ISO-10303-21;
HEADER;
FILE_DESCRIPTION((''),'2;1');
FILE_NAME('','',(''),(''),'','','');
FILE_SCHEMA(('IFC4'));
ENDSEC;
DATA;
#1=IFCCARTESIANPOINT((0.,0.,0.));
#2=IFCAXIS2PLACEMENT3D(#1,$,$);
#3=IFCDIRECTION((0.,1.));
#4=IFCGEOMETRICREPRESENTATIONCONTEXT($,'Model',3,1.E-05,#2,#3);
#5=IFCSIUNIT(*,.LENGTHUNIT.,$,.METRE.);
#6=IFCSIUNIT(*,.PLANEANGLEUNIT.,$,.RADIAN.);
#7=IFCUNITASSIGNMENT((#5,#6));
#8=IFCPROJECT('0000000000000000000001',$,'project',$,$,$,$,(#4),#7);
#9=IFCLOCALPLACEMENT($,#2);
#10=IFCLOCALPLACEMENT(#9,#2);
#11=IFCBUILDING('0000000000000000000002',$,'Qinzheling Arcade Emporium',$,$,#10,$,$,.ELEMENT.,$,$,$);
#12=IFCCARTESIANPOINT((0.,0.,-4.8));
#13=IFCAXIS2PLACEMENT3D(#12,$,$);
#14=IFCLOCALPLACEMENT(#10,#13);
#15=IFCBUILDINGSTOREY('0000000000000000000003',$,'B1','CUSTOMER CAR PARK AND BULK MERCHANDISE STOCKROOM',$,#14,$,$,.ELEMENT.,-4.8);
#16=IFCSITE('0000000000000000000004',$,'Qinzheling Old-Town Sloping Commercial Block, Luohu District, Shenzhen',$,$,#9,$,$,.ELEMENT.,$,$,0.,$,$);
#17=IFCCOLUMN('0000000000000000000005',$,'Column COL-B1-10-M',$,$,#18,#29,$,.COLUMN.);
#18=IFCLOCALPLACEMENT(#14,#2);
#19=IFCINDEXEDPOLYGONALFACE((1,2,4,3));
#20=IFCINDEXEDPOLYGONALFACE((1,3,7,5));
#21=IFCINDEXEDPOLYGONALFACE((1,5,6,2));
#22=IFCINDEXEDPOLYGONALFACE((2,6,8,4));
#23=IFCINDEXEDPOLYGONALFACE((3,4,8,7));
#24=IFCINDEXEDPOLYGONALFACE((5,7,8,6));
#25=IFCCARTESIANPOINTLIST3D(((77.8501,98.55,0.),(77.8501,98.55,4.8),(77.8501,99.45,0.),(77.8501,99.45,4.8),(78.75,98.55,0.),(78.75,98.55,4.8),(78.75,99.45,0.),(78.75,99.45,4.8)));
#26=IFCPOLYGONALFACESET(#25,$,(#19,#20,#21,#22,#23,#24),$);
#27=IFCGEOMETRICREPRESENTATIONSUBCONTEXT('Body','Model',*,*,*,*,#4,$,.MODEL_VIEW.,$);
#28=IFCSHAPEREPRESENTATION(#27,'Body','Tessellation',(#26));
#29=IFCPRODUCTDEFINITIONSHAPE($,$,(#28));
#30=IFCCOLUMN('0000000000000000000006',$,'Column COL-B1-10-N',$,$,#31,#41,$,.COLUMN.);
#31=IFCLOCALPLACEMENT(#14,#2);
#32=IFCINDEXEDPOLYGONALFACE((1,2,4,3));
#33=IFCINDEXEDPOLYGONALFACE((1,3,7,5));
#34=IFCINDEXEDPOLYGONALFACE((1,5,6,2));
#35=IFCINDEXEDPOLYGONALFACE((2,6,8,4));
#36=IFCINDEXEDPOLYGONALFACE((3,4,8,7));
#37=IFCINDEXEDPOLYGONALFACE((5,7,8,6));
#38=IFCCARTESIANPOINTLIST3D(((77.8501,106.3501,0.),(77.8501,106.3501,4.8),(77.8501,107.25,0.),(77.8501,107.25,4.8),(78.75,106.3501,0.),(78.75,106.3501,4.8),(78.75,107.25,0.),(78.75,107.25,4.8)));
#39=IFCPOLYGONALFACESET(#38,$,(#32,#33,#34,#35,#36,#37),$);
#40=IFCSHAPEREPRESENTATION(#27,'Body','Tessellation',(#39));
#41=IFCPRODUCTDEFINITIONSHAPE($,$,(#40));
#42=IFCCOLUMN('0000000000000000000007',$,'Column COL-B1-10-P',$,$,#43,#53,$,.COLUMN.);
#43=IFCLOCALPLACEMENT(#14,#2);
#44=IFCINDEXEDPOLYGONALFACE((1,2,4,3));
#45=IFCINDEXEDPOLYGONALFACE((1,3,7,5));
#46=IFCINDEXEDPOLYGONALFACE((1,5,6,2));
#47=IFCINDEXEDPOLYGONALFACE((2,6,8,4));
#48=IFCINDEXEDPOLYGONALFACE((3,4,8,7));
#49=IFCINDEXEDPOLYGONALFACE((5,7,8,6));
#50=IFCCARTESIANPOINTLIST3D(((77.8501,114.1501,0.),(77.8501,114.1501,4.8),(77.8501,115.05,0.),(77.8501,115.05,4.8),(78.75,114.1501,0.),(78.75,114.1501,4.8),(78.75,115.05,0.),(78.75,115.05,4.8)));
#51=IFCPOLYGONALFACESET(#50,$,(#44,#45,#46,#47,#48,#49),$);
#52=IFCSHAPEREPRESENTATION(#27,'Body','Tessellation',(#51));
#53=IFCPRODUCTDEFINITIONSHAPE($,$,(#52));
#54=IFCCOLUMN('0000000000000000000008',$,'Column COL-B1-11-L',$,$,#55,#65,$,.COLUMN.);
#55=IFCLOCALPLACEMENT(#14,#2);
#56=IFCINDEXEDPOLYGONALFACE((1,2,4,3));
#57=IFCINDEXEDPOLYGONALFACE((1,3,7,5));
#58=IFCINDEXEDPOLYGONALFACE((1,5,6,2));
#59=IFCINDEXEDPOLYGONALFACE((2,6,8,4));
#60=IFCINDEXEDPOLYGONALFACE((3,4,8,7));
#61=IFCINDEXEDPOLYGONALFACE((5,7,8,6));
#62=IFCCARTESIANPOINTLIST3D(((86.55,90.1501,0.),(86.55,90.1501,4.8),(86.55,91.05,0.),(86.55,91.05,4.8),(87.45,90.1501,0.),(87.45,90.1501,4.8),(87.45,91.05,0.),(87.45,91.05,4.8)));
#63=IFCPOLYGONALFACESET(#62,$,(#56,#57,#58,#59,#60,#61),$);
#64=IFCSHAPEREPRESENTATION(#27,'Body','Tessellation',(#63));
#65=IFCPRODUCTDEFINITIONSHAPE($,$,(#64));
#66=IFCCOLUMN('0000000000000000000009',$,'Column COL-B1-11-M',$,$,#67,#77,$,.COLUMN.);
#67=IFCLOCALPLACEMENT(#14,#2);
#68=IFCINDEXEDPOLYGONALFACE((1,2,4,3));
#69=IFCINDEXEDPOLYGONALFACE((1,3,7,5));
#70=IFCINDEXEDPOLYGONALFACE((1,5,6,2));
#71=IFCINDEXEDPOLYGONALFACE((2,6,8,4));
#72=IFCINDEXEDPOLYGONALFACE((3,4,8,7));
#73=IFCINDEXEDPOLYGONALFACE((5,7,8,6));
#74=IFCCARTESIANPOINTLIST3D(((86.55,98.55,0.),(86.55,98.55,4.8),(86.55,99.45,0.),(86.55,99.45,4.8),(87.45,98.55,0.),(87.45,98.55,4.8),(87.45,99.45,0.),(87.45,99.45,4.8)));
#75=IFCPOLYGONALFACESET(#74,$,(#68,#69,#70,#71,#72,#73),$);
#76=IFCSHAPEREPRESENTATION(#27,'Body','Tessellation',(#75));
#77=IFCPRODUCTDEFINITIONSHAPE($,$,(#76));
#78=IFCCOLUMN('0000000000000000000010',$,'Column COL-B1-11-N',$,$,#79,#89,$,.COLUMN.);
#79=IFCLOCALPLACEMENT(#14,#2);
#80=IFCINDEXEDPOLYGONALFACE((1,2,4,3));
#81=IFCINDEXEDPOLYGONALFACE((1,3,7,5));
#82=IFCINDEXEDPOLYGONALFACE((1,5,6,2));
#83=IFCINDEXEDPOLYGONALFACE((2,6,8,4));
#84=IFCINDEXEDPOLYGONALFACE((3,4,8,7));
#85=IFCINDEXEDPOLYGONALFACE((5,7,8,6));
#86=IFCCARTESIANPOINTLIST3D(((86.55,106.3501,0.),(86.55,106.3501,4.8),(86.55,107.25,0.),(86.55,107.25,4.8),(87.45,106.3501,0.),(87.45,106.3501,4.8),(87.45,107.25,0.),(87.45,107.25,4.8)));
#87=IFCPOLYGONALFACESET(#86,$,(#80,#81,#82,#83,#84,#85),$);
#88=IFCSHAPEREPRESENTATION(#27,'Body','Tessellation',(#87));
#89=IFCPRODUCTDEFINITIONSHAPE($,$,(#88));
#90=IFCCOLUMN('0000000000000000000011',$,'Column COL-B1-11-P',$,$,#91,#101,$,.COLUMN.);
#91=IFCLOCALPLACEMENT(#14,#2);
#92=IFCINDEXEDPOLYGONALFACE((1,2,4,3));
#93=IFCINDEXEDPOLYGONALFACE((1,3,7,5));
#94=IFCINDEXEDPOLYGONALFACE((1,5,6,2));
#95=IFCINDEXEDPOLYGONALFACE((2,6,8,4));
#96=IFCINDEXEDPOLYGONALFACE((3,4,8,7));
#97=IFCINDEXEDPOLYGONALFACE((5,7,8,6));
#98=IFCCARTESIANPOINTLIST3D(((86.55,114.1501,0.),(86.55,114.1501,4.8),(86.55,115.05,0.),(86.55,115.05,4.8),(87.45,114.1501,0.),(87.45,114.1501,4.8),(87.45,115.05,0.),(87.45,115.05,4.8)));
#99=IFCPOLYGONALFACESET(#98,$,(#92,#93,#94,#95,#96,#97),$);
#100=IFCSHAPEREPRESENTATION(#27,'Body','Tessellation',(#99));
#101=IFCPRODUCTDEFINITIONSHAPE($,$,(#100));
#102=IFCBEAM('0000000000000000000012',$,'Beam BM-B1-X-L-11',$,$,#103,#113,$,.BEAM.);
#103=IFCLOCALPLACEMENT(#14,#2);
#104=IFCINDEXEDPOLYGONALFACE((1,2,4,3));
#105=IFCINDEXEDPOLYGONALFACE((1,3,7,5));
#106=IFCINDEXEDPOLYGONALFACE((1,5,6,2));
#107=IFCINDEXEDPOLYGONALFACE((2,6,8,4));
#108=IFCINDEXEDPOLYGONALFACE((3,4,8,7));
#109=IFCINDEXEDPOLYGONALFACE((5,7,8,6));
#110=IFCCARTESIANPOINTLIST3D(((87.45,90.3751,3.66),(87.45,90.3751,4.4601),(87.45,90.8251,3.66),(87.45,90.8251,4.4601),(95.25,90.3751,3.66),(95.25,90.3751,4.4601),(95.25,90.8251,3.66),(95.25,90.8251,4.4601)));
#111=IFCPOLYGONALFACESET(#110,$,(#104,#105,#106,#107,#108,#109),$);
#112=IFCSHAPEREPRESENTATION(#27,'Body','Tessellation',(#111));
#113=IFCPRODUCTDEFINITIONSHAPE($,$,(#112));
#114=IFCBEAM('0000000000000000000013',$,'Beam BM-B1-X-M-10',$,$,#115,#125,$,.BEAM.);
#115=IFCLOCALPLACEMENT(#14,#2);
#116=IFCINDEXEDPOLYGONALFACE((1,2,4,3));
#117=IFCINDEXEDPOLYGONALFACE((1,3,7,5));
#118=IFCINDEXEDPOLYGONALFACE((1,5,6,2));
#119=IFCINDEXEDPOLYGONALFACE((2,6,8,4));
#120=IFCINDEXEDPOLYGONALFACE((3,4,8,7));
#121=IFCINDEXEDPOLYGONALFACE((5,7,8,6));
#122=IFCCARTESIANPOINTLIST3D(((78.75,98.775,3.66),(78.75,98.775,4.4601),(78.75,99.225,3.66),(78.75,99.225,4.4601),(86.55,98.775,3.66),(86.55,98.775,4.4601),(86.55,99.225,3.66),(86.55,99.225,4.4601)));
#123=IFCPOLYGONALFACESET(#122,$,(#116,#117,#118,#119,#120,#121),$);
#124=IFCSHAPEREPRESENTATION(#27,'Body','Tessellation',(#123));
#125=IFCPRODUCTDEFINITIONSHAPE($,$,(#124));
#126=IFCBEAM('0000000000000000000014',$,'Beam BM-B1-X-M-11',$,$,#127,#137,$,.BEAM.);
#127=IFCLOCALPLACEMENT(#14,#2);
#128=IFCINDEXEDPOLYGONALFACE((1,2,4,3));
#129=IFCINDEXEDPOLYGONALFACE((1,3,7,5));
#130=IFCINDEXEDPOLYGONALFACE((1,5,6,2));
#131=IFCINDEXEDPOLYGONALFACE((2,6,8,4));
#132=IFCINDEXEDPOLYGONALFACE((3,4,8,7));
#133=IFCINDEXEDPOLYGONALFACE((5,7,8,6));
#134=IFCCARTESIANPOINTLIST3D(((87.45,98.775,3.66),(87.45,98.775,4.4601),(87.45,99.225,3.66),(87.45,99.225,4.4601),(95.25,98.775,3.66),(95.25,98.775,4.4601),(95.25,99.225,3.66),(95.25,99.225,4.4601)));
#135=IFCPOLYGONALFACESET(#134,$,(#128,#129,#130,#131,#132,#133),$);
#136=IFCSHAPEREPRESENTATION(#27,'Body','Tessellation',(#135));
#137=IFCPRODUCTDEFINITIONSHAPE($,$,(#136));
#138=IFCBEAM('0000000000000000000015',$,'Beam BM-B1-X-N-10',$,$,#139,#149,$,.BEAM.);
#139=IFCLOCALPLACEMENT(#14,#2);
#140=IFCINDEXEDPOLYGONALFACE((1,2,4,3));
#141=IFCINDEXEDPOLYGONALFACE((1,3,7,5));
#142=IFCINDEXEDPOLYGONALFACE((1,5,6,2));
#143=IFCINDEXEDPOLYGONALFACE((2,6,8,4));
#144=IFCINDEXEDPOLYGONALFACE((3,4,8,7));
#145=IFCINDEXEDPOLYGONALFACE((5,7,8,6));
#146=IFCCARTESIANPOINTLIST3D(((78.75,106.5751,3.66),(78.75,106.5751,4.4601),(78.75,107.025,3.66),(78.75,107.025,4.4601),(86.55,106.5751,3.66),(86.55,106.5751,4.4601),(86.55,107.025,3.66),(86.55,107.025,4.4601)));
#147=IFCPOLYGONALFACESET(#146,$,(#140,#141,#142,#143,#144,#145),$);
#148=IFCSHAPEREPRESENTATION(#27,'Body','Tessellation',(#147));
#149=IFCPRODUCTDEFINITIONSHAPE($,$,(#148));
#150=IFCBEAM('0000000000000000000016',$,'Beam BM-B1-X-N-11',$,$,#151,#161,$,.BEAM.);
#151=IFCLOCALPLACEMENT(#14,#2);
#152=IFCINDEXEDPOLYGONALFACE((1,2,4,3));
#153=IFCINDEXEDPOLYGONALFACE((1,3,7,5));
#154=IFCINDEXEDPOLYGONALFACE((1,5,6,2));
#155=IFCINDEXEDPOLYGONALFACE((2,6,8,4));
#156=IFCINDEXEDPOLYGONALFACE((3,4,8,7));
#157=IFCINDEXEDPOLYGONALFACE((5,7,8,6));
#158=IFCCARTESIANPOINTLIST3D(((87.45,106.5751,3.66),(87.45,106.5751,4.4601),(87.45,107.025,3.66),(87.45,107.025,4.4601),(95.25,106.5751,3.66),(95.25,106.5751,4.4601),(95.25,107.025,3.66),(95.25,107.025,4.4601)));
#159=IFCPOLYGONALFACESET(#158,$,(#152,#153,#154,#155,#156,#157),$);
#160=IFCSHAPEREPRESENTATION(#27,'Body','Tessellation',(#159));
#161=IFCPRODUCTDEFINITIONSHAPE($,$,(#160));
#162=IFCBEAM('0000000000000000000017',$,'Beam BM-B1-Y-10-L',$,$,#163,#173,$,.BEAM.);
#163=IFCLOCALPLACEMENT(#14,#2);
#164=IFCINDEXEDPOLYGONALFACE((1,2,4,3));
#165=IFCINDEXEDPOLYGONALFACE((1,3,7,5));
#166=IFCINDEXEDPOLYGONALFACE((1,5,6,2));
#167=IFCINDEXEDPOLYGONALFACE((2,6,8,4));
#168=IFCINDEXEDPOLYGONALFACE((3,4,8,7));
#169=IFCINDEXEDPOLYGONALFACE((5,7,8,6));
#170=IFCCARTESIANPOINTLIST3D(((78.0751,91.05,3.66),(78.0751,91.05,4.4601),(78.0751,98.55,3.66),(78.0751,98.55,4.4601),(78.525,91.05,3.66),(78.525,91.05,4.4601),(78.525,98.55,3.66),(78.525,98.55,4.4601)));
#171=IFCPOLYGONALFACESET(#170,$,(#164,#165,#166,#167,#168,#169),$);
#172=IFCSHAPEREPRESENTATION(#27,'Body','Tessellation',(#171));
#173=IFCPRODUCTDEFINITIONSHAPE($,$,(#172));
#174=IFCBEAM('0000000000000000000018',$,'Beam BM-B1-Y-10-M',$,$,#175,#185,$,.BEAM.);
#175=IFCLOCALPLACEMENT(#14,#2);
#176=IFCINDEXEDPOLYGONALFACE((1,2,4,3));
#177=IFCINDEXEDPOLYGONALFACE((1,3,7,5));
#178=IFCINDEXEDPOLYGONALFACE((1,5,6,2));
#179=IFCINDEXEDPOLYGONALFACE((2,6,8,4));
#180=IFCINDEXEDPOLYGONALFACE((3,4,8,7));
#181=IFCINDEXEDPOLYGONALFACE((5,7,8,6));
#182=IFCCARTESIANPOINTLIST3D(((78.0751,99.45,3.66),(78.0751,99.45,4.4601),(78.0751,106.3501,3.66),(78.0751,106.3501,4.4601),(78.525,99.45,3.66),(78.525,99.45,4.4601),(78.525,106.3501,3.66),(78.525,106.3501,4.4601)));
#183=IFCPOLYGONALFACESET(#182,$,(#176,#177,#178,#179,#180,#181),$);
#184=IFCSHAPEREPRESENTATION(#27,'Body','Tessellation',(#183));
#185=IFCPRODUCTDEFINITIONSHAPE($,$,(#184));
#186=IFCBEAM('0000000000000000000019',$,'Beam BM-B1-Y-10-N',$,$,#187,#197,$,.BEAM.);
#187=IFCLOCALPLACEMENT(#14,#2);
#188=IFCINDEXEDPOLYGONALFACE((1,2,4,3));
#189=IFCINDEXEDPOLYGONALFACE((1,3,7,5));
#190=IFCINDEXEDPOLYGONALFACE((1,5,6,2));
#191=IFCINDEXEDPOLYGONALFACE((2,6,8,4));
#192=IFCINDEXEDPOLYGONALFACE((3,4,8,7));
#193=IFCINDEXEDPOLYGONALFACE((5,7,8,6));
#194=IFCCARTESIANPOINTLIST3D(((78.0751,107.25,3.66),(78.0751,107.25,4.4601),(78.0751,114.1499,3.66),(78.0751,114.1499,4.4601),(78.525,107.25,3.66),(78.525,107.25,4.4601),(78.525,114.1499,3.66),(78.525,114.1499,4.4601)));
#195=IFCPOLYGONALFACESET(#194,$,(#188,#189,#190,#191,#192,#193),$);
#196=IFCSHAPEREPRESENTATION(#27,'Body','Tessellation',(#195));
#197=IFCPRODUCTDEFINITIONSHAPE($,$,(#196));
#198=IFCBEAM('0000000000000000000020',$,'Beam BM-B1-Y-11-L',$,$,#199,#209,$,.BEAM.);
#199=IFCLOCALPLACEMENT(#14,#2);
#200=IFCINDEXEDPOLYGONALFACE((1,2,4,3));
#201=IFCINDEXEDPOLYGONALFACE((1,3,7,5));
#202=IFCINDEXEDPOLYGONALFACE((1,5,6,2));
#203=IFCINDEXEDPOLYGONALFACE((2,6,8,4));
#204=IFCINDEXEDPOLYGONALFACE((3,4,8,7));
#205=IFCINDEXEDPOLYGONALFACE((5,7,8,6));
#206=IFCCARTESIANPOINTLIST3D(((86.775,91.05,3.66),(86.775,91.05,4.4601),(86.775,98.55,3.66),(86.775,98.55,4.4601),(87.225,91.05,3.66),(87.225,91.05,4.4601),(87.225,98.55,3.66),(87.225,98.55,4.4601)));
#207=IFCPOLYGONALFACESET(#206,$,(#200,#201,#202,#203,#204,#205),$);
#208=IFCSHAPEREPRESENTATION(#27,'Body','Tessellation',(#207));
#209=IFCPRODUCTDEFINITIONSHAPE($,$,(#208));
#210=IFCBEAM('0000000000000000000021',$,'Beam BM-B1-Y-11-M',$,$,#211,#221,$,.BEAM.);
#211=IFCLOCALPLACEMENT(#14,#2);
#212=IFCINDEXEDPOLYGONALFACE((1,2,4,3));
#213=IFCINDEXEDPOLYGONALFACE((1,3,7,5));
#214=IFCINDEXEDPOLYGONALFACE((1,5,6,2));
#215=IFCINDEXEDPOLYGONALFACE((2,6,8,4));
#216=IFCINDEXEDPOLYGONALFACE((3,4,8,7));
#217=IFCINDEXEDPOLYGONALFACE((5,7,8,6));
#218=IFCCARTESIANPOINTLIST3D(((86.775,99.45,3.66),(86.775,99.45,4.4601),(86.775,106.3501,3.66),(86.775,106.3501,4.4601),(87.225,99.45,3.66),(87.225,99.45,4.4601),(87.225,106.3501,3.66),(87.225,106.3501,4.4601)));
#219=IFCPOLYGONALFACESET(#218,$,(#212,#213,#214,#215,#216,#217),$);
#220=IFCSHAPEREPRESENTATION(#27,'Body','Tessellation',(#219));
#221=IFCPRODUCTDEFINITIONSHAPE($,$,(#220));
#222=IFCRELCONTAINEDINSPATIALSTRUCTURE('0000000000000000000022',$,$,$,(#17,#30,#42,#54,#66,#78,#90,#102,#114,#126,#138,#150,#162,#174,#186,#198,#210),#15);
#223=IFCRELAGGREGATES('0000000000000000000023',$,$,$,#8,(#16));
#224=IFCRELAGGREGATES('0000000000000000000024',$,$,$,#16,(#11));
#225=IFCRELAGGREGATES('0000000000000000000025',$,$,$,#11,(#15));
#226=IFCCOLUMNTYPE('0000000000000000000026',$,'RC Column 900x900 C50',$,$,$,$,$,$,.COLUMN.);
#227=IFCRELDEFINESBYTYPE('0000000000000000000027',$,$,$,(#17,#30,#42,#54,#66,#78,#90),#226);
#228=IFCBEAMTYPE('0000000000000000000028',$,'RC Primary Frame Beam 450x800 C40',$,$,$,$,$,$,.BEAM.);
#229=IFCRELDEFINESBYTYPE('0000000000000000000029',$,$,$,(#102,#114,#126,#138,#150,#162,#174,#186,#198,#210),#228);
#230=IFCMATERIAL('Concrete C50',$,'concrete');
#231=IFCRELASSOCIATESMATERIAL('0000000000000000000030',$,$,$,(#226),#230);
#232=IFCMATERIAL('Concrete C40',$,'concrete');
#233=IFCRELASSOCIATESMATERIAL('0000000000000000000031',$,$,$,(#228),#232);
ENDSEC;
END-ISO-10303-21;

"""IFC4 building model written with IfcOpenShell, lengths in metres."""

from ifc_helpers import new_model, si_unit, direction, frame, origin, origin_2d, place, context, subcontext, project, spatial, rectangle, extrude, material, material_profile, profile_set, type_object, element, save


model = new_model("IFC4")

# Units and contexts
model_context = context("Model", 3, precision=1e-05, world=origin(), true_north=direction((0.0, 1.0)))
body_context = subcontext(model_context, "Body", "Model", "MODEL_VIEW")
ifc_project = project(units=[si_unit("LENGTHUNIT", "METRE"), si_unit("PLANEANGLEUNIT", "RADIAN")], contexts=[model_context])

# Site, building, storey
site_placement = place(None, origin())
site = spatial("IfcSite", under=ifc_project, at=site_placement, Name="Qinzheling Old-Town Sloping Commercial Block, Luohu District, Shenzhen", CompositionType="ELEMENT", RefElevation=0.0)
building_placement = place(site_placement, origin())
building = spatial("IfcBuilding", under=site, at=building_placement, Name="Qinzheling Arcade Emporium", CompositionType="ELEMENT")
storey_placement = place(building_placement, frame((0.0, 0.0, -4.8)))
storey = spatial("IfcBuildingStorey", under=building, at=storey_placement, Name="B1", Description="CUSTOMER CAR PARK AND BULK MERCHANDISE STOCKROOM", CompositionType="ELEMENT", Elevation=-4.8)

# Columns
ifc_material_1 = material(Name="Concrete C50", Category="concrete")
ifc_material_profile_1 = material_profile(ifc_material_1, rectangle(XDim=0.8999, YDim=0.8999, at=origin_2d()), Name="RC 900x900", Category="concrete")
ifc_profile_set_1 = profile_set([ifc_material_profile_1], Name="Concrete C50")
column_type = type_object("IfcColumnType", Name="RC Column 900x900 C50", PredefinedType="COLUMN", material=ifc_profile_set_1)
for number, where, z_axis, x_axis, name in (
    (1, (78.3, 99.0, 0.0), (0.0, 0.0, 1.0), (1.0, 0.0, 0.0), "Column COL-B1-10-M"),
    (2, (78.3, 106.8, 0.0), (0.0, 0.0, 1.0), (1.0, 0.0, 0.0), "Column COL-B1-10-N"),
    (3, (78.3, 114.6001, 0.0), (0.0, 0.0, 1.0), (1.0, 0.0, 0.0), "Column COL-B1-10-P"),
    (4, (87.0, 90.6001, 0.0), (0.0, 0.0, 1.0), (1.0, 0.0, 0.0), "Column COL-B1-11-L"),
    (5, (87.0, 99.0, 0.0), (0.0, 0.0, 1.0), (1.0, 0.0, 0.0), "Column COL-B1-11-M"),
    (6, (87.0, 106.8, 0.0), (0.0, 0.0, 1.0), (1.0, 0.0, 0.0), "Column COL-B1-11-N"),
    (7, (87.0, 114.6001, 0.0), (0.0, 0.0, 1.0), (1.0, 0.0, 0.0), "Column COL-B1-11-P"),
):
    element("IfcColumn", number, at=place(storey_placement, frame(where, z_axis=z_axis, x_axis=x_axis)), inside=storey, type_object=column_type, Name=name, PredefinedType="COLUMN", context=body_context, shape_type="SweptSolid", body=[
        extrude(rectangle(XDim=0.8999, YDim=0.8999, at=origin_2d()), origin(), (0.0, 0.0, 1.0), 4.8),
    ])

# Beams
ifc_material_2 = material(Name="Concrete C40", Category="concrete")
ifc_material_profile_2 = material_profile(ifc_material_2, rectangle(XDim=0.45, YDim=0.8, at=origin_2d()), Name="RC 450x800", Category="concrete")
ifc_profile_set_2 = profile_set([ifc_material_profile_2], Name="Concrete C40")
beam_type_1 = type_object("IfcBeamType", Name="RC Primary Frame Beam 450x800 C40", PredefinedType="BEAM", material=ifc_profile_set_2)
for number, where, z_axis, x_axis, name in (
    (8, (87.45, 90.6001, 4.0601), (1.0, 0.0, 0.0), (0.0, 1.0, 0.0), "Beam BM-B1-X-L-11"),
    (9, (78.75, 99.0, 4.0601), (1.0, 0.0, 0.0), (0.0, 1.0, 0.0), "Beam BM-B1-X-M-10"),
    (10, (87.45, 99.0, 4.0601), (1.0, 0.0, 0.0), (0.0, 1.0, 0.0), "Beam BM-B1-X-M-11"),
    (11, (78.75, 106.8, 4.0601), (1.0, 0.0, 0.0), (0.0, 1.0, 0.0), "Beam BM-B1-X-N-10"),
    (12, (87.45, 106.8, 4.0601), (1.0, 0.0, 0.0), (0.0, 1.0, 0.0), "Beam BM-B1-X-N-11"),
):
    element("IfcBeam", number, at=place(storey_placement, frame(where, z_axis=z_axis, x_axis=x_axis)), inside=storey, type_object=beam_type_1, Name=name, PredefinedType="BEAM", context=body_context, shape_type="SweptSolid", body=[
        extrude(rectangle(XDim=0.45, YDim=0.8, at=origin_2d()), origin(), (0.0, 0.0, 1.0), 7.8),
    ])
beam_1_placement = place(storey_placement, frame((78.3, 91.05, 4.0601), z_axis=(0.0, 1.0, 0.0), x_axis=(-1.0, 0.0, 0.0)))
element("IfcBeam", 13, at=beam_1_placement, inside=storey, type_object=beam_type_1, Name="Beam BM-B1-Y-10-L", PredefinedType="BEAM", context=body_context, shape_type="SweptSolid", body=[
    extrude(rectangle(XDim=0.45, YDim=0.8, at=origin_2d()), origin(), (0.0, 0.0, 1.0), 7.5),
])
beam_2_placement = place(storey_placement, frame((78.3, 99.45, 4.0601), z_axis=(0.0, 1.0, 0.0), x_axis=(-1.0, 0.0, 0.0)))
element("IfcBeam", 14, at=beam_2_placement, inside=storey, type_object=beam_type_1, Name="Beam BM-B1-Y-10-M", PredefinedType="BEAM", context=body_context, shape_type="SweptSolid", body=[
    extrude(rectangle(XDim=0.45, YDim=0.8, at=origin_2d()), origin(), (0.0, 0.0, 1.0), 6.9001),
])
beam_3_placement = place(storey_placement, frame((78.3, 107.25, 4.0601), z_axis=(0.0, 1.0, 0.0), x_axis=(-1.0, 0.0, 0.0)))
element("IfcBeam", 15, at=beam_3_placement, inside=storey, type_object=beam_type_1, Name="Beam BM-B1-Y-10-N", PredefinedType="BEAM", context=body_context, shape_type="SweptSolid", body=[
    extrude(rectangle(XDim=0.45, YDim=0.8, at=origin_2d()), origin(), (0.0, 0.0, 1.0), 6.8999),
])
beam_4_placement = place(storey_placement, frame((87.0, 91.05, 4.0601), z_axis=(0.0, 1.0, 0.0), x_axis=(-1.0, 0.0, 0.0)))
element("IfcBeam", 16, at=beam_4_placement, inside=storey, type_object=beam_type_1, Name="Beam BM-B1-Y-11-L", PredefinedType="BEAM", context=body_context, shape_type="SweptSolid", body=[
    extrude(rectangle(XDim=0.45, YDim=0.8, at=origin_2d()), origin(), (0.0, 0.0, 1.0), 7.5),
])
beam_5_placement = place(storey_placement, frame((87.0, 99.45, 4.0601), z_axis=(0.0, 1.0, 0.0), x_axis=(-1.0, 0.0, 0.0)))
element("IfcBeam", 17, at=beam_5_placement, inside=storey, type_object=beam_type_1, Name="Beam BM-B1-Y-11-M", PredefinedType="BEAM", context=body_context, shape_type="SweptSolid", body=[
    extrude(rectangle(XDim=0.45, YDim=0.8, at=origin_2d()), origin(), (0.0, 0.0, 1.0), 6.9001),
])

save(model, "model.ifc")
